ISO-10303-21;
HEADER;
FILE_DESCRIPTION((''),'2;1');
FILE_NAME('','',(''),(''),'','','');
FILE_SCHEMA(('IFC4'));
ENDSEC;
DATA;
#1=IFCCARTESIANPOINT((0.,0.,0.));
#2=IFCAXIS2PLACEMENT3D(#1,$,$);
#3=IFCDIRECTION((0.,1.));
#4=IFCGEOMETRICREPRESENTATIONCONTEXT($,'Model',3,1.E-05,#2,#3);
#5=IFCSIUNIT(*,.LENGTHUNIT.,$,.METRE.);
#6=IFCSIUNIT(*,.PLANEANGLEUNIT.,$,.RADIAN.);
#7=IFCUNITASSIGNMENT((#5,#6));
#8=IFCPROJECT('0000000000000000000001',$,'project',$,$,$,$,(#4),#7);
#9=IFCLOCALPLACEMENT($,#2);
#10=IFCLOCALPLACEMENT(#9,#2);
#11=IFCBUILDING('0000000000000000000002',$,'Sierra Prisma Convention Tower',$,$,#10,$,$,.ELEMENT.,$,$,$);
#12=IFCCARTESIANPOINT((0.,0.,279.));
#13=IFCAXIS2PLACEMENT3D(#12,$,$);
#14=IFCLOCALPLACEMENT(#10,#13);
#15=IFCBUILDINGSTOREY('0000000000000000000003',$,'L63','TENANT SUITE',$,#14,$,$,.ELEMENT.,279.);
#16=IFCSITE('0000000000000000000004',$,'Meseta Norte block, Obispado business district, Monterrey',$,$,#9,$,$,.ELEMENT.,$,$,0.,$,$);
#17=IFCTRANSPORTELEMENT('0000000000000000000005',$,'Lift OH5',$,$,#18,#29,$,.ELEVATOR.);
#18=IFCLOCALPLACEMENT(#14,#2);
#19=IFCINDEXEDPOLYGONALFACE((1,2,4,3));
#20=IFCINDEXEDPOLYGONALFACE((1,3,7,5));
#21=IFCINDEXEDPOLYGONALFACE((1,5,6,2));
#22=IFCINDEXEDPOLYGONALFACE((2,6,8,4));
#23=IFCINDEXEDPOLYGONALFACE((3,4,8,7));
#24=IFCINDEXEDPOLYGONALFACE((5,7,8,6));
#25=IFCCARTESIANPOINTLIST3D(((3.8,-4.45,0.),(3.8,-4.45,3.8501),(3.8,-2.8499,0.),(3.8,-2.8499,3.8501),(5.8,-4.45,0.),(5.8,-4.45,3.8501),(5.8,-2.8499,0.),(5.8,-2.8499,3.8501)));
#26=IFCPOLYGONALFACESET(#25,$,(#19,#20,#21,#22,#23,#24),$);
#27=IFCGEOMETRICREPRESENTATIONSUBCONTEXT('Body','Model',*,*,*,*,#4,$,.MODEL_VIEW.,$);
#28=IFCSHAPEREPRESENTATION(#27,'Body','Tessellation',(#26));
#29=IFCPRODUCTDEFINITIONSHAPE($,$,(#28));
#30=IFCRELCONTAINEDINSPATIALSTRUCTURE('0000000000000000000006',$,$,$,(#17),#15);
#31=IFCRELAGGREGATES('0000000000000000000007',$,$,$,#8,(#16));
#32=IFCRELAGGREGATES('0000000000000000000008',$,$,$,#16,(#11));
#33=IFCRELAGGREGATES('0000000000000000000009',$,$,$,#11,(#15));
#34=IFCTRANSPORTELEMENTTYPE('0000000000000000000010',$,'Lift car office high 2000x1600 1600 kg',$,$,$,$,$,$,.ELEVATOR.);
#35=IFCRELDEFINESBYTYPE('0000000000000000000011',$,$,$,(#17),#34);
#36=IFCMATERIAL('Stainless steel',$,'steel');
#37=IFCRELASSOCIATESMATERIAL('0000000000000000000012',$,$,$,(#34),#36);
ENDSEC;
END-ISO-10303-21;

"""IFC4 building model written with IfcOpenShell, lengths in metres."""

from ifc_helpers import new_model, si_unit, direction, frame, origin, origin_2d, place, context, subcontext, project, spatial, rectangle, extrude, material, type_object, element, save


model = new_model("IFC4")

# Units and contexts
model_context = context("Model", 3, precision=1e-05, world=origin(), true_north=direction((0.0, 1.0)))
body_context = subcontext(model_context, "Body", "Model", "MODEL_VIEW")
ifc_project = project(units=[si_unit("LENGTHUNIT", "METRE"), si_unit("PLANEANGLEUNIT", "RADIAN")], contexts=[model_context])

# Site, building, storey
site_placement = place(None, origin())
site = spatial("IfcSite", under=ifc_project, at=site_placement, Name="Meseta Norte block, Obispado business district, Monterrey", CompositionType="ELEMENT", RefElevation=0.0)
building_placement = place(site_placement, origin())
building = spatial("IfcBuilding", under=site, at=building_placement, Name="Sierra Prisma Convention Tower", CompositionType="ELEMENT")
storey_placement = place(building_placement, frame((0.0, 0.0, 279.0)))
storey = spatial("IfcBuildingStorey", under=building, at=storey_placement, Name="L63", Description="TENANT SUITE", CompositionType="ELEMENT", Elevation=279.0)

# Transport element
ifc_material_1 = material(Name="Stainless steel", Category="steel")
transport_element_type = type_object("IfcTransportElementType", Name="Lift car office high 2000x1600 1600 kg", PredefinedType="ELEVATOR", material=ifc_material_1)
for number, where, z_axis, x_axis, name in (
    (1, (4.8, -3.6499, 0.0), (0.0, 0.0, 1.0), (1.0, 0.0, 0.0), "Lift OH5"),
):
    element("IfcTransportElement", number, at=place(storey_placement, frame(where, z_axis=z_axis, x_axis=x_axis)), inside=storey, type_object=transport_element_type, Name=name, PredefinedType="ELEVATOR", context=body_context, shape_type="SweptSolid", body=[
        extrude(rectangle(XDim=2.0, YDim=1.6001, at=origin_2d()), origin(), (0.0, 0.0, 1.0), 3.8501),
    ])

save(model, "model.ifc")
